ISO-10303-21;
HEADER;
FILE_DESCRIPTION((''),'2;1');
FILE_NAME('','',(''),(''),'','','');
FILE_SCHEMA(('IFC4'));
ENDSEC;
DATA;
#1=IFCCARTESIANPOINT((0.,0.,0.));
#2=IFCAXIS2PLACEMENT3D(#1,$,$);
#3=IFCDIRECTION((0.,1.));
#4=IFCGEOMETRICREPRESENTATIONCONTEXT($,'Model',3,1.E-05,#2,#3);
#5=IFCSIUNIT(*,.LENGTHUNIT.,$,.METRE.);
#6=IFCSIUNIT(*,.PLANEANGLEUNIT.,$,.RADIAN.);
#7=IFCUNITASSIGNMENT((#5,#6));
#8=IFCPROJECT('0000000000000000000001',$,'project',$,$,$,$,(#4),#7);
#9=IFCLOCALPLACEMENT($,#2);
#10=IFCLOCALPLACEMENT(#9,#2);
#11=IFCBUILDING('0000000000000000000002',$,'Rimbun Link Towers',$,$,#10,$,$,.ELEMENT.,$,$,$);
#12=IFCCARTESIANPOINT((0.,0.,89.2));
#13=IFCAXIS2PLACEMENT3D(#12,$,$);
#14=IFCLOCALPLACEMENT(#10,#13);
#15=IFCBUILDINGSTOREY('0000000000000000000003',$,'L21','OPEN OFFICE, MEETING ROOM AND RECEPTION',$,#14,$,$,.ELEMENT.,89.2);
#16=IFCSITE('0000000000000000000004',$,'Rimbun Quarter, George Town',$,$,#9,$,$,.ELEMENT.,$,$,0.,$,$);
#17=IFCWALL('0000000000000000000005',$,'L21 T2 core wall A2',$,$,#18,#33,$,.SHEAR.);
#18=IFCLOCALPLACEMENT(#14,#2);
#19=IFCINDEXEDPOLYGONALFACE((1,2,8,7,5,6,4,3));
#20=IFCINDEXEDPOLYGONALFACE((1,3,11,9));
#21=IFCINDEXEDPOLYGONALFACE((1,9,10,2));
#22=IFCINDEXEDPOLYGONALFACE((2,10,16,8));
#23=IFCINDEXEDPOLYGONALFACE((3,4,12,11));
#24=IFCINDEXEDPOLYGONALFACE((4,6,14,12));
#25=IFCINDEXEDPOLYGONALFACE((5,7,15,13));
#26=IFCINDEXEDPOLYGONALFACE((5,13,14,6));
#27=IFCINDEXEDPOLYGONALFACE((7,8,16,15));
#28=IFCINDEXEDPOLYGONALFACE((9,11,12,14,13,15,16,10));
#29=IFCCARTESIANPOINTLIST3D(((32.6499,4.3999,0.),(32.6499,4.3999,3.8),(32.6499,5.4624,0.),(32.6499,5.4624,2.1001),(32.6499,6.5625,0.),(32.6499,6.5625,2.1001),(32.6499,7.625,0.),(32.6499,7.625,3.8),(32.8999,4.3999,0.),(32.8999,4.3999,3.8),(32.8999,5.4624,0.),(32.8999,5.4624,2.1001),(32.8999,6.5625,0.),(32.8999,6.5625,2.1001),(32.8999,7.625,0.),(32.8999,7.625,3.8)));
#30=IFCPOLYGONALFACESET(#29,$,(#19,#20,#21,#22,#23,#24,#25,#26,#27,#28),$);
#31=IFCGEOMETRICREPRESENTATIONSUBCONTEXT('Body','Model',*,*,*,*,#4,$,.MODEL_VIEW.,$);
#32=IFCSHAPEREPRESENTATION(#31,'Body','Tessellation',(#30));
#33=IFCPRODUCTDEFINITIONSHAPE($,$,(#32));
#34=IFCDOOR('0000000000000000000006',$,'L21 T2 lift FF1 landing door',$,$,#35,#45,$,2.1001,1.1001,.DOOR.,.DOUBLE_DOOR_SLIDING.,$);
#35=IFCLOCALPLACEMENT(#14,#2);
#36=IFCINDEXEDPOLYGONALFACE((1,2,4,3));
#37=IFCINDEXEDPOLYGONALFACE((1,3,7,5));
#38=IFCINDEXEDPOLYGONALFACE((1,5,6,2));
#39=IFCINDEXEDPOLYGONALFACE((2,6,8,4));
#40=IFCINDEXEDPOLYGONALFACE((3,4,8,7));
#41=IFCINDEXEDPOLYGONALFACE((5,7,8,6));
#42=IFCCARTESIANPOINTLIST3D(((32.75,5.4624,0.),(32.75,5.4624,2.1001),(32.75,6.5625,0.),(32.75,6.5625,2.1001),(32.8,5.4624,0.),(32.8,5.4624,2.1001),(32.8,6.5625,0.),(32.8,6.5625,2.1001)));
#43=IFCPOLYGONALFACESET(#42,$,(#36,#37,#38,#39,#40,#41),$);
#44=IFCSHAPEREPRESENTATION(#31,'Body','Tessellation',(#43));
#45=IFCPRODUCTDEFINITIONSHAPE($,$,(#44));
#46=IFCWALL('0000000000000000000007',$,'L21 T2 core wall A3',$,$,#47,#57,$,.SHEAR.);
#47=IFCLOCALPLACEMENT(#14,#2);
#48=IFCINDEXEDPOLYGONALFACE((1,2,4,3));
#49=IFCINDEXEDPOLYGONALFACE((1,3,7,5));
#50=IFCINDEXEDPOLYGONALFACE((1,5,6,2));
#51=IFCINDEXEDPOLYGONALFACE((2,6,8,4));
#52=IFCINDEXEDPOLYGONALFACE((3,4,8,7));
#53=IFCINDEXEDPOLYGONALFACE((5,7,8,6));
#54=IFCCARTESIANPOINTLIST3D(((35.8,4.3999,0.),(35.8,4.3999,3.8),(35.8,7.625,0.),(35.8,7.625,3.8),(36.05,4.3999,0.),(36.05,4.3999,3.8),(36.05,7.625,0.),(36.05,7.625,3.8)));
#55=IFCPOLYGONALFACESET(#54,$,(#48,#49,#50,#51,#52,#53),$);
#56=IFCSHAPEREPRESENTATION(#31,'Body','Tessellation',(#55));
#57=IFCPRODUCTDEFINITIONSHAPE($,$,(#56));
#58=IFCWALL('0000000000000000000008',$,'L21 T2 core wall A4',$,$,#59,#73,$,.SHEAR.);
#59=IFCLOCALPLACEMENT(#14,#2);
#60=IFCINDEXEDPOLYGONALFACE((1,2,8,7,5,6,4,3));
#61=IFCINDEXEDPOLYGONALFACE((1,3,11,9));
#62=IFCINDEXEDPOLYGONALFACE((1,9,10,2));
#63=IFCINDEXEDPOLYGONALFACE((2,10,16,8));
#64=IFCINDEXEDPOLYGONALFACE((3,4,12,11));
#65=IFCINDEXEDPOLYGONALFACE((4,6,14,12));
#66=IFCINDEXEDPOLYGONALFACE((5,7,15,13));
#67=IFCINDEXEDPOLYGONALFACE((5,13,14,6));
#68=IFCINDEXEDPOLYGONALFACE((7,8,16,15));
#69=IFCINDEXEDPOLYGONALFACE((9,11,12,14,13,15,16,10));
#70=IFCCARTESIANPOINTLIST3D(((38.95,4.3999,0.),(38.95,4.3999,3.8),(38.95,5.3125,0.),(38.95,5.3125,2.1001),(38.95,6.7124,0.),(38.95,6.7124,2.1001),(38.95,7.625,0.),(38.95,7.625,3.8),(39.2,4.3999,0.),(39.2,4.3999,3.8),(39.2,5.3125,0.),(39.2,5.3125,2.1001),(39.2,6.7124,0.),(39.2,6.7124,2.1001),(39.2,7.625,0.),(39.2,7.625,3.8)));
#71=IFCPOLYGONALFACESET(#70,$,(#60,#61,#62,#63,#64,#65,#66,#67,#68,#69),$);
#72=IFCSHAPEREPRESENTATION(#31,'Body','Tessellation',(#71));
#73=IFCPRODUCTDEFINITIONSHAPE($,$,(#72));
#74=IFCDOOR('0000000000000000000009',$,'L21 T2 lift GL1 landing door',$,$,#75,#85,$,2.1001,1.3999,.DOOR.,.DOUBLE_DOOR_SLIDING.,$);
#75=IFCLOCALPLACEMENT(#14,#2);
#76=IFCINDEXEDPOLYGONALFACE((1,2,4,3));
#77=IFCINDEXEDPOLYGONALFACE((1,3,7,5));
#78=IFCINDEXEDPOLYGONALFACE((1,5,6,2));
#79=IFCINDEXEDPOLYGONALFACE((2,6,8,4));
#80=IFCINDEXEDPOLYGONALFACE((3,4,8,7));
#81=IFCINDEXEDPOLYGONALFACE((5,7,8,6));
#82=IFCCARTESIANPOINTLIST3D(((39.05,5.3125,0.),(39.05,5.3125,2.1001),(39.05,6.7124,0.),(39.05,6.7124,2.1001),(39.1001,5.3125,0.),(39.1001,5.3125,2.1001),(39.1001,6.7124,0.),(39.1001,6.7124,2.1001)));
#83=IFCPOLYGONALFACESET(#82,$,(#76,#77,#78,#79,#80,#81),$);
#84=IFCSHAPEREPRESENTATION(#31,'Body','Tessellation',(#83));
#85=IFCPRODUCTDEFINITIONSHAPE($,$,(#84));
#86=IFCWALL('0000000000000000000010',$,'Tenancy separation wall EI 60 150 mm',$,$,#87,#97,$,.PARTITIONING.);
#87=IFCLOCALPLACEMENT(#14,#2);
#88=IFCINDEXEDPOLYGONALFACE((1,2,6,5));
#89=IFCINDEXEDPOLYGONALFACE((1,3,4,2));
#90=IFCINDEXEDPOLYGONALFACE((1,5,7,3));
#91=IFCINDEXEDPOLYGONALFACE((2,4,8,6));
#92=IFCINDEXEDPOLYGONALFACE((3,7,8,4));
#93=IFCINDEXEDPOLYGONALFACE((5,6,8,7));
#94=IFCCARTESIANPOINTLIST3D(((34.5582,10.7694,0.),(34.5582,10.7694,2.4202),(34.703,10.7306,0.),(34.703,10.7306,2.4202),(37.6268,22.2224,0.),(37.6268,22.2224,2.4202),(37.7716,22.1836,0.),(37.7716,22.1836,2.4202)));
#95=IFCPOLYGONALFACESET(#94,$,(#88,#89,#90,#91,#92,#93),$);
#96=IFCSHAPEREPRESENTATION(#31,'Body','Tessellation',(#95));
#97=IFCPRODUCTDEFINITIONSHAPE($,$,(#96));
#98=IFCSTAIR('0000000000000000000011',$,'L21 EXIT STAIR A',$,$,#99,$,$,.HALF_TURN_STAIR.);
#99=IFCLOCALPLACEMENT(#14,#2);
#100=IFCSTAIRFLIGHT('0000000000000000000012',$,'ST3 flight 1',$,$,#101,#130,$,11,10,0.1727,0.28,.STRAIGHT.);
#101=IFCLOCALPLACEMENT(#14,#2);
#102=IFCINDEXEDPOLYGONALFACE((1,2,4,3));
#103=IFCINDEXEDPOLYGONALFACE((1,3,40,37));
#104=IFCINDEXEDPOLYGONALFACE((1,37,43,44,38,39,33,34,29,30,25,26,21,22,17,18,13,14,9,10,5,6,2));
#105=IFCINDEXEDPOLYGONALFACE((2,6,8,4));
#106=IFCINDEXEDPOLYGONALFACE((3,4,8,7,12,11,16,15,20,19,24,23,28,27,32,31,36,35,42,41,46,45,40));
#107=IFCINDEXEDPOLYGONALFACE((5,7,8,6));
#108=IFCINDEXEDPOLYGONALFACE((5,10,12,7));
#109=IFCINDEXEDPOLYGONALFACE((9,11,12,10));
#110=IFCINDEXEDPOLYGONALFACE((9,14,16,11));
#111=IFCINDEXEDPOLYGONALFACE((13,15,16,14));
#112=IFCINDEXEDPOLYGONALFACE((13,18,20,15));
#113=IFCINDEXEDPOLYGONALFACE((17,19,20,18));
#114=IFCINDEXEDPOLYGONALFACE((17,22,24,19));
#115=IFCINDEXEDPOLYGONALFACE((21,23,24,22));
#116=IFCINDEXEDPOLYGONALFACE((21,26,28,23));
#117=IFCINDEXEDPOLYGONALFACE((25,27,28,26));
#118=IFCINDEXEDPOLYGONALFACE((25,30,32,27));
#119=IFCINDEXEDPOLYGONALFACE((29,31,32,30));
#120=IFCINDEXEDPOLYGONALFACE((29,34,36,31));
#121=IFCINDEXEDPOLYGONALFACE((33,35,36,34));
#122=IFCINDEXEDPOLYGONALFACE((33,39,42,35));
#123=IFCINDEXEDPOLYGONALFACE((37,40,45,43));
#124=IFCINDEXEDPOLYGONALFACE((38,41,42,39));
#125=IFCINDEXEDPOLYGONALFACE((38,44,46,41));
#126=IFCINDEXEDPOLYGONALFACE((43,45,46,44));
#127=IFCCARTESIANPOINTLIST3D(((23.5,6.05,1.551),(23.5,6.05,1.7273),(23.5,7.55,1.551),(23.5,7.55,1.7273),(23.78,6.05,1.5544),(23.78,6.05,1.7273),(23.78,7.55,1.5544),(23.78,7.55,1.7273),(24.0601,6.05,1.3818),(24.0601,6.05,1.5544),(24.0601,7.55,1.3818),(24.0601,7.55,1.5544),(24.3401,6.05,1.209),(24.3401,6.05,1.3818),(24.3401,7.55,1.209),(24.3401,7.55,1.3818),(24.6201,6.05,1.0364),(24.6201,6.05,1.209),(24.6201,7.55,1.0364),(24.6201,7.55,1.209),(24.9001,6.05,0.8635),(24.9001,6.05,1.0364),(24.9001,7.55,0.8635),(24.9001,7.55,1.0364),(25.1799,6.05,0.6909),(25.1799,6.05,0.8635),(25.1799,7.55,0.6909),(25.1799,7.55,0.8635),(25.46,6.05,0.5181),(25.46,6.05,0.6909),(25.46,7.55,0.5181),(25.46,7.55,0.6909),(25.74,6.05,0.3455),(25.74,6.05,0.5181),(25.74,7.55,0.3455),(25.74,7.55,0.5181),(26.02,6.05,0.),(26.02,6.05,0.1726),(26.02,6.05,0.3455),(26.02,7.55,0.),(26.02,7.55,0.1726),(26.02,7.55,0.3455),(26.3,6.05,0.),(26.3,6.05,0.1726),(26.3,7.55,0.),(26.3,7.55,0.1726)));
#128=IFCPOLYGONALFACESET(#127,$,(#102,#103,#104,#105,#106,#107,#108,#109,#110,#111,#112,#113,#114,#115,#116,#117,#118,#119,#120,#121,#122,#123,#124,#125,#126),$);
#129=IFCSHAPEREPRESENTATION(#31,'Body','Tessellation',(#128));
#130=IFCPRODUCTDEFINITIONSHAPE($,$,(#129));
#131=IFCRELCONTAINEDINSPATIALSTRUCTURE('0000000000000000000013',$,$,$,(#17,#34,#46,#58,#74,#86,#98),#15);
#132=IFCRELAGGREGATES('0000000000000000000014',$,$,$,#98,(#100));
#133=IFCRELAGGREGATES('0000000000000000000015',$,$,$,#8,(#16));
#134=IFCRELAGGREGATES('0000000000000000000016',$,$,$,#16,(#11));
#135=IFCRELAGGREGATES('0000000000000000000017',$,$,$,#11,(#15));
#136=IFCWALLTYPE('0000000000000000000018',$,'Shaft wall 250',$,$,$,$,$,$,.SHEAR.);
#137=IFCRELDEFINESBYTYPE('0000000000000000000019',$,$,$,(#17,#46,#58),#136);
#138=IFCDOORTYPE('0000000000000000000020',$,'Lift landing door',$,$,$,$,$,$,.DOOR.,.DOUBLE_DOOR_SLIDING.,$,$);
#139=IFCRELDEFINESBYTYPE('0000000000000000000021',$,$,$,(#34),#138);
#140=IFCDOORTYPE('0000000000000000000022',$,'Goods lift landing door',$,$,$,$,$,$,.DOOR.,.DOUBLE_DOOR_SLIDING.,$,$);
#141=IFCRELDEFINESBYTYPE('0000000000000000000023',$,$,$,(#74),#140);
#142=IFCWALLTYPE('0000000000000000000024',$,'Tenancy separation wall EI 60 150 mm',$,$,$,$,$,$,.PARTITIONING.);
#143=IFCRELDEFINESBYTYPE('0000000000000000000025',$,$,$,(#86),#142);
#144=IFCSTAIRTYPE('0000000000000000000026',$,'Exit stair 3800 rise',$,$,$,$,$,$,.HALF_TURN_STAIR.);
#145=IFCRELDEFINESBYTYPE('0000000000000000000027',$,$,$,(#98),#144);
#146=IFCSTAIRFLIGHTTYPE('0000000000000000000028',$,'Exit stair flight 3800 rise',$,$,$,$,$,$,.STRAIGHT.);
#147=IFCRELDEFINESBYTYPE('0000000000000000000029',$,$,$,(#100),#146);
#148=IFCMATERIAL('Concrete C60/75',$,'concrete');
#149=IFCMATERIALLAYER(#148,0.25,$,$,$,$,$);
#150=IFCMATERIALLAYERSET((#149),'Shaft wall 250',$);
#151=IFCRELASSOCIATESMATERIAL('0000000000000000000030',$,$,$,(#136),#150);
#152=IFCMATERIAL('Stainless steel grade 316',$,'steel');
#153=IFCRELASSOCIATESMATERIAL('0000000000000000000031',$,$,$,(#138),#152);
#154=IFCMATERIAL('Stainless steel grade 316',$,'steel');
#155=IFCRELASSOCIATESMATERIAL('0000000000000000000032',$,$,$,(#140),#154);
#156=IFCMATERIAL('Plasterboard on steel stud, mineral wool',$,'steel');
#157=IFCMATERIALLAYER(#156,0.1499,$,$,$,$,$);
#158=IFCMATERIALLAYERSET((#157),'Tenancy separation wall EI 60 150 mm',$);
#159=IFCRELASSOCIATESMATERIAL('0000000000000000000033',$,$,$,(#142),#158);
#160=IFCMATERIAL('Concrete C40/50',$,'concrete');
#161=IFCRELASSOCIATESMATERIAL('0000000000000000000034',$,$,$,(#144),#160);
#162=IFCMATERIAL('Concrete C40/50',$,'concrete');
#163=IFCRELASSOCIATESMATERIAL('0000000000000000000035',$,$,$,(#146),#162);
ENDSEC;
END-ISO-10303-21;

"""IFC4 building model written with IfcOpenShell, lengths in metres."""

from ifc_helpers import new_model, si_unit, direction, frame, frame_2d, origin, place, context, subcontext, project, spatial, polyline, rectangle, outline, extrude, material, layer, layer_set, type_object, element, fill, aggregate, save


model = new_model("IFC4")

# Units and contexts
model_context = context("Model", 3, precision=1e-05, world=origin(), true_north=direction((0.0, 1.0)))
body_context = subcontext(model_context, "Body", "Model", "MODEL_VIEW")
ifc_project = project(units=[si_unit("LENGTHUNIT", "METRE"), si_unit("PLANEANGLEUNIT", "RADIAN")], contexts=[model_context])

# Site, building, storey
site_placement = place(None, origin())
site = spatial("IfcSite", under=ifc_project, at=site_placement, Name="Rimbun Quarter, George Town", CompositionType="ELEMENT", RefElevation=0.0)
building_placement = place(site_placement, origin())
building = spatial("IfcBuilding", under=site, at=building_placement, Name="Rimbun Link Towers", CompositionType="ELEMENT")
storey_placement = place(building_placement, frame((0.0, 0.0, 89.2)))
storey = spatial("IfcBuildingStorey", under=building, at=storey_placement, Name="L21", Description="OPEN OFFICE, MEETING ROOM AND RECEPTION", CompositionType="ELEMENT", Elevation=89.2)

# Shared definitions
ifc_material_1 = material(Name="Concrete C60/75", Category="concrete")
ifc_layer_1 = layer(ifc_material_1, 0.25)
ifc_layer_set_1 = layer_set([ifc_layer_1], Name="Shaft wall 250")
wall_type_1 = type_object("IfcWallType", Name="Shaft wall 250", PredefinedType="SHEAR", material=ifc_layer_set_1)

# Wall, opening, door
wall_1_placement = place(storey_placement, frame((32.7749, 4.3999, 0.0), z_axis=(0.0, 0.0, 1.0), x_axis=(0.0, 1.0, 0.0)))
wall_1 = element("IfcWall", 1, at=wall_1_placement, inside=storey, type_object=wall_type_1, Name="L21 T2 core wall A2", PredefinedType="SHEAR", context=body_context, shape_type="SweptSolid", body=[
    extrude(rectangle(XDim=3.2251, YDim=0.25, at=frame_2d((1.6125, 0.0))), origin(), (0.0, 0.0, 1.0), 3.8),
])
opening_1_placement = place(wall_1_placement, frame((1.0625, 0.0, 0.0)))
opening_1 = element("IfcOpeningElement", 2, at=opening_1_placement, cuts=wall_1, PredefinedType="OPENING", context=body_context, shape_type="SweptSolid", body=[
    extrude(rectangle(XDim=1.1001, YDim=2.1001, at=frame_2d((0.55, 1.05))), frame((0.0, 0.135, 0.0), z_axis=(0.0, -1.0, 0.0), x_axis=(1.0, 0.0, 0.0)), (0.0, 0.0, 1.0), 0.27),
])
ifc_material_2 = material(Name="Stainless steel grade 316", Category="steel")
door_type_1 = type_object("IfcDoorType", Name="Lift landing door", OperationType="DOUBLE_DOOR_SLIDING", PredefinedType="DOOR", material=ifc_material_2)
door_1_placement = place(opening_1_placement, origin())
door_1 = element("IfcDoor", 3, at=door_1_placement, inside=storey, type_object=door_type_1, Name="L21 T2 lift FF1 landing door", OperationType="DOUBLE_DOOR_SLIDING", OverallHeight=2.1001, OverallWidth=1.1001, PredefinedType="DOOR", context=body_context, shape_type="SweptSolid", body=[
    extrude(rectangle(XDim=1.1001, YDim=2.1001, at=frame_2d((0.55, 1.05))), frame((0.0, 0.0249, 0.0), z_axis=(0.0, -1.0, 0.0), x_axis=(1.0, 0.0, 0.0)), (0.0, 0.0, 1.0), 0.05),
])
fill(opening_1, door_1)

# Wall
wall_2_placement = place(storey_placement, frame((35.925, 4.3999, 0.0), z_axis=(0.0, 0.0, 1.0), x_axis=(0.0, 1.0, 0.0)))
element("IfcWall", 4, at=wall_2_placement, inside=storey, type_object=wall_type_1, Name="L21 T2 core wall A3", PredefinedType="SHEAR", context=body_context, shape_type="SweptSolid", body=[
    extrude(rectangle(XDim=3.2251, YDim=0.25, at=frame_2d((1.6125, 0.0))), origin(), (0.0, 0.0, 1.0), 3.8),
])

# Wall, opening, door
wall_3_placement = place(storey_placement, frame((39.075, 4.3999, 0.0), z_axis=(0.0, 0.0, 1.0), x_axis=(0.0, 1.0, 0.0)))
wall_3 = element("IfcWall", 5, at=wall_3_placement, inside=storey, type_object=wall_type_1, Name="L21 T2 core wall A4", PredefinedType="SHEAR", context=body_context, shape_type="SweptSolid", body=[
    extrude(rectangle(XDim=3.2251, YDim=0.25, at=frame_2d((1.6125, 0.0))), origin(), (0.0, 0.0, 1.0), 3.8),
])
opening_2_placement = place(wall_3_placement, frame((0.9126, 0.0, 0.0)))
opening_2 = element("IfcOpeningElement", 6, at=opening_2_placement, cuts=wall_3, PredefinedType="OPENING", context=body_context, shape_type="SweptSolid", body=[
    extrude(rectangle(XDim=1.3999, YDim=2.1001, at=frame_2d((0.7, 1.05))), frame((0.0, 0.135, 0.0), z_axis=(0.0, -1.0, 0.0), x_axis=(1.0, 0.0, 0.0)), (0.0, 0.0, 1.0), 0.27),
])
ifc_material_3 = material(Name="Stainless steel grade 316", Category="steel")
door_type_2 = type_object("IfcDoorType", Name="Goods lift landing door", OperationType="DOUBLE_DOOR_SLIDING", PredefinedType="DOOR", material=ifc_material_3)
door_2_placement = place(opening_2_placement, origin())
door_2 = element("IfcDoor", 7, at=door_2_placement, inside=storey, type_object=door_type_2, Name="L21 T2 lift GL1 landing door", OperationType="DOUBLE_DOOR_SLIDING", OverallHeight=2.1001, OverallWidth=1.3999, PredefinedType="DOOR", context=body_context, shape_type="SweptSolid", body=[
    extrude(rectangle(XDim=1.3999, YDim=2.1001, at=frame_2d((0.7, 1.05))), frame((0.0, 0.0249, 0.0), z_axis=(0.0, -1.0, 0.0), x_axis=(1.0, 0.0, 0.0)), (0.0, 0.0, 1.0), 0.05),
])
fill(opening_2, door_2)

# Wall
ifc_material_4 = material(Name="Plasterboard on steel stud, mineral wool", Category="steel")
ifc_layer_2 = layer(ifc_material_4, 0.1499)
ifc_layer_set_2 = layer_set([ifc_layer_2], Name="Tenancy separation wall EI 60 150 mm")
wall_type_2 = type_object("IfcWallType", Name="Tenancy separation wall EI 60 150 mm", PredefinedType="PARTITIONING", material=ifc_layer_set_2)
wall_4_placement = place(storey_placement, frame((34.6306, 10.75, 0.0), z_axis=(0.0, 0.0, 1.0), x_axis=(0.258804, 0.96593, 0.0)))
element("IfcWall", 8, at=wall_4_placement, inside=storey, type_object=wall_type_2, Name="Tenancy separation wall EI 60 150 mm", PredefinedType="PARTITIONING", context=body_context, shape_type="SweptSolid", body=[
    extrude(rectangle(XDim=11.8569, YDim=0.1499, at=frame_2d((5.9285, 0.0))), origin(), (0.0, 0.0, 1.0), 2.4202),
])

# Stair, stair flight
ifc_material_5 = material(Name="Concrete C40/50", Category="concrete")
stair_type = type_object("IfcStairType", Name="Exit stair 3800 rise", PredefinedType="HALF_TURN_STAIR", material=ifc_material_5)
stair_placement = place(storey_placement, origin())
stair = element("IfcStair", 9, at=stair_placement, inside=storey, type_object=stair_type, Name="L21 EXIT STAIR A", PredefinedType="HALF_TURN_STAIR")
ifc_material_6 = material(Name="Concrete C40/50", Category="concrete")
stair_flight_type = type_object("IfcStairFlightType", Name="Exit stair flight 3800 rise", PredefinedType="STRAIGHT", material=ifc_material_6)
stair_flight_placement = place(storey_placement, frame((26.3, 6.8, 0.0), z_axis=(0.0, 0.0, 1.0), x_axis=(-1.0, 0.0, 0.0)))
stair_flight = element("IfcStairFlight", 10, at=stair_flight_placement, type_object=stair_flight_type, Name="ST3 flight 1", NumberOfRisers=11, NumberOfTreads=10, PredefinedType="STRAIGHT", RiserHeight=0.1727, TreadLength=0.28, context=body_context, shape_type="SweptSolid", body=[
    extrude(outline(polyline([(0.0, 0.0), (0.0, 0.1726), (0.28, 0.1726), (0.28, 0.3455), (0.5601, 0.3455), (0.5601, 0.5181), (0.8401, 0.5181), (0.8401, 0.6909), (1.1201, 0.6909), (1.1201, 0.8635), (1.3999, 0.8635), (1.3999, 1.0364), (1.6799, 1.0364), (1.6799, 1.209), (1.96, 1.209), (1.96, 1.3818), (2.24, 1.3818), (2.24, 1.5544), (2.52, 1.5544), (2.52, 1.7273), (2.8, 1.7273), (2.8, 1.8999), (2.8, 1.551), (0.28, 0.0), (0.0, 0.0)])), frame((0.0, 0.75, 0.0), z_axis=(0.0, -1.0, 0.0), x_axis=(1.0, 0.0, 0.0)), (0.0, 0.0, 1.0), 1.5),
])
aggregate(stair, [stair_flight])

save(model, "model.ifc")
